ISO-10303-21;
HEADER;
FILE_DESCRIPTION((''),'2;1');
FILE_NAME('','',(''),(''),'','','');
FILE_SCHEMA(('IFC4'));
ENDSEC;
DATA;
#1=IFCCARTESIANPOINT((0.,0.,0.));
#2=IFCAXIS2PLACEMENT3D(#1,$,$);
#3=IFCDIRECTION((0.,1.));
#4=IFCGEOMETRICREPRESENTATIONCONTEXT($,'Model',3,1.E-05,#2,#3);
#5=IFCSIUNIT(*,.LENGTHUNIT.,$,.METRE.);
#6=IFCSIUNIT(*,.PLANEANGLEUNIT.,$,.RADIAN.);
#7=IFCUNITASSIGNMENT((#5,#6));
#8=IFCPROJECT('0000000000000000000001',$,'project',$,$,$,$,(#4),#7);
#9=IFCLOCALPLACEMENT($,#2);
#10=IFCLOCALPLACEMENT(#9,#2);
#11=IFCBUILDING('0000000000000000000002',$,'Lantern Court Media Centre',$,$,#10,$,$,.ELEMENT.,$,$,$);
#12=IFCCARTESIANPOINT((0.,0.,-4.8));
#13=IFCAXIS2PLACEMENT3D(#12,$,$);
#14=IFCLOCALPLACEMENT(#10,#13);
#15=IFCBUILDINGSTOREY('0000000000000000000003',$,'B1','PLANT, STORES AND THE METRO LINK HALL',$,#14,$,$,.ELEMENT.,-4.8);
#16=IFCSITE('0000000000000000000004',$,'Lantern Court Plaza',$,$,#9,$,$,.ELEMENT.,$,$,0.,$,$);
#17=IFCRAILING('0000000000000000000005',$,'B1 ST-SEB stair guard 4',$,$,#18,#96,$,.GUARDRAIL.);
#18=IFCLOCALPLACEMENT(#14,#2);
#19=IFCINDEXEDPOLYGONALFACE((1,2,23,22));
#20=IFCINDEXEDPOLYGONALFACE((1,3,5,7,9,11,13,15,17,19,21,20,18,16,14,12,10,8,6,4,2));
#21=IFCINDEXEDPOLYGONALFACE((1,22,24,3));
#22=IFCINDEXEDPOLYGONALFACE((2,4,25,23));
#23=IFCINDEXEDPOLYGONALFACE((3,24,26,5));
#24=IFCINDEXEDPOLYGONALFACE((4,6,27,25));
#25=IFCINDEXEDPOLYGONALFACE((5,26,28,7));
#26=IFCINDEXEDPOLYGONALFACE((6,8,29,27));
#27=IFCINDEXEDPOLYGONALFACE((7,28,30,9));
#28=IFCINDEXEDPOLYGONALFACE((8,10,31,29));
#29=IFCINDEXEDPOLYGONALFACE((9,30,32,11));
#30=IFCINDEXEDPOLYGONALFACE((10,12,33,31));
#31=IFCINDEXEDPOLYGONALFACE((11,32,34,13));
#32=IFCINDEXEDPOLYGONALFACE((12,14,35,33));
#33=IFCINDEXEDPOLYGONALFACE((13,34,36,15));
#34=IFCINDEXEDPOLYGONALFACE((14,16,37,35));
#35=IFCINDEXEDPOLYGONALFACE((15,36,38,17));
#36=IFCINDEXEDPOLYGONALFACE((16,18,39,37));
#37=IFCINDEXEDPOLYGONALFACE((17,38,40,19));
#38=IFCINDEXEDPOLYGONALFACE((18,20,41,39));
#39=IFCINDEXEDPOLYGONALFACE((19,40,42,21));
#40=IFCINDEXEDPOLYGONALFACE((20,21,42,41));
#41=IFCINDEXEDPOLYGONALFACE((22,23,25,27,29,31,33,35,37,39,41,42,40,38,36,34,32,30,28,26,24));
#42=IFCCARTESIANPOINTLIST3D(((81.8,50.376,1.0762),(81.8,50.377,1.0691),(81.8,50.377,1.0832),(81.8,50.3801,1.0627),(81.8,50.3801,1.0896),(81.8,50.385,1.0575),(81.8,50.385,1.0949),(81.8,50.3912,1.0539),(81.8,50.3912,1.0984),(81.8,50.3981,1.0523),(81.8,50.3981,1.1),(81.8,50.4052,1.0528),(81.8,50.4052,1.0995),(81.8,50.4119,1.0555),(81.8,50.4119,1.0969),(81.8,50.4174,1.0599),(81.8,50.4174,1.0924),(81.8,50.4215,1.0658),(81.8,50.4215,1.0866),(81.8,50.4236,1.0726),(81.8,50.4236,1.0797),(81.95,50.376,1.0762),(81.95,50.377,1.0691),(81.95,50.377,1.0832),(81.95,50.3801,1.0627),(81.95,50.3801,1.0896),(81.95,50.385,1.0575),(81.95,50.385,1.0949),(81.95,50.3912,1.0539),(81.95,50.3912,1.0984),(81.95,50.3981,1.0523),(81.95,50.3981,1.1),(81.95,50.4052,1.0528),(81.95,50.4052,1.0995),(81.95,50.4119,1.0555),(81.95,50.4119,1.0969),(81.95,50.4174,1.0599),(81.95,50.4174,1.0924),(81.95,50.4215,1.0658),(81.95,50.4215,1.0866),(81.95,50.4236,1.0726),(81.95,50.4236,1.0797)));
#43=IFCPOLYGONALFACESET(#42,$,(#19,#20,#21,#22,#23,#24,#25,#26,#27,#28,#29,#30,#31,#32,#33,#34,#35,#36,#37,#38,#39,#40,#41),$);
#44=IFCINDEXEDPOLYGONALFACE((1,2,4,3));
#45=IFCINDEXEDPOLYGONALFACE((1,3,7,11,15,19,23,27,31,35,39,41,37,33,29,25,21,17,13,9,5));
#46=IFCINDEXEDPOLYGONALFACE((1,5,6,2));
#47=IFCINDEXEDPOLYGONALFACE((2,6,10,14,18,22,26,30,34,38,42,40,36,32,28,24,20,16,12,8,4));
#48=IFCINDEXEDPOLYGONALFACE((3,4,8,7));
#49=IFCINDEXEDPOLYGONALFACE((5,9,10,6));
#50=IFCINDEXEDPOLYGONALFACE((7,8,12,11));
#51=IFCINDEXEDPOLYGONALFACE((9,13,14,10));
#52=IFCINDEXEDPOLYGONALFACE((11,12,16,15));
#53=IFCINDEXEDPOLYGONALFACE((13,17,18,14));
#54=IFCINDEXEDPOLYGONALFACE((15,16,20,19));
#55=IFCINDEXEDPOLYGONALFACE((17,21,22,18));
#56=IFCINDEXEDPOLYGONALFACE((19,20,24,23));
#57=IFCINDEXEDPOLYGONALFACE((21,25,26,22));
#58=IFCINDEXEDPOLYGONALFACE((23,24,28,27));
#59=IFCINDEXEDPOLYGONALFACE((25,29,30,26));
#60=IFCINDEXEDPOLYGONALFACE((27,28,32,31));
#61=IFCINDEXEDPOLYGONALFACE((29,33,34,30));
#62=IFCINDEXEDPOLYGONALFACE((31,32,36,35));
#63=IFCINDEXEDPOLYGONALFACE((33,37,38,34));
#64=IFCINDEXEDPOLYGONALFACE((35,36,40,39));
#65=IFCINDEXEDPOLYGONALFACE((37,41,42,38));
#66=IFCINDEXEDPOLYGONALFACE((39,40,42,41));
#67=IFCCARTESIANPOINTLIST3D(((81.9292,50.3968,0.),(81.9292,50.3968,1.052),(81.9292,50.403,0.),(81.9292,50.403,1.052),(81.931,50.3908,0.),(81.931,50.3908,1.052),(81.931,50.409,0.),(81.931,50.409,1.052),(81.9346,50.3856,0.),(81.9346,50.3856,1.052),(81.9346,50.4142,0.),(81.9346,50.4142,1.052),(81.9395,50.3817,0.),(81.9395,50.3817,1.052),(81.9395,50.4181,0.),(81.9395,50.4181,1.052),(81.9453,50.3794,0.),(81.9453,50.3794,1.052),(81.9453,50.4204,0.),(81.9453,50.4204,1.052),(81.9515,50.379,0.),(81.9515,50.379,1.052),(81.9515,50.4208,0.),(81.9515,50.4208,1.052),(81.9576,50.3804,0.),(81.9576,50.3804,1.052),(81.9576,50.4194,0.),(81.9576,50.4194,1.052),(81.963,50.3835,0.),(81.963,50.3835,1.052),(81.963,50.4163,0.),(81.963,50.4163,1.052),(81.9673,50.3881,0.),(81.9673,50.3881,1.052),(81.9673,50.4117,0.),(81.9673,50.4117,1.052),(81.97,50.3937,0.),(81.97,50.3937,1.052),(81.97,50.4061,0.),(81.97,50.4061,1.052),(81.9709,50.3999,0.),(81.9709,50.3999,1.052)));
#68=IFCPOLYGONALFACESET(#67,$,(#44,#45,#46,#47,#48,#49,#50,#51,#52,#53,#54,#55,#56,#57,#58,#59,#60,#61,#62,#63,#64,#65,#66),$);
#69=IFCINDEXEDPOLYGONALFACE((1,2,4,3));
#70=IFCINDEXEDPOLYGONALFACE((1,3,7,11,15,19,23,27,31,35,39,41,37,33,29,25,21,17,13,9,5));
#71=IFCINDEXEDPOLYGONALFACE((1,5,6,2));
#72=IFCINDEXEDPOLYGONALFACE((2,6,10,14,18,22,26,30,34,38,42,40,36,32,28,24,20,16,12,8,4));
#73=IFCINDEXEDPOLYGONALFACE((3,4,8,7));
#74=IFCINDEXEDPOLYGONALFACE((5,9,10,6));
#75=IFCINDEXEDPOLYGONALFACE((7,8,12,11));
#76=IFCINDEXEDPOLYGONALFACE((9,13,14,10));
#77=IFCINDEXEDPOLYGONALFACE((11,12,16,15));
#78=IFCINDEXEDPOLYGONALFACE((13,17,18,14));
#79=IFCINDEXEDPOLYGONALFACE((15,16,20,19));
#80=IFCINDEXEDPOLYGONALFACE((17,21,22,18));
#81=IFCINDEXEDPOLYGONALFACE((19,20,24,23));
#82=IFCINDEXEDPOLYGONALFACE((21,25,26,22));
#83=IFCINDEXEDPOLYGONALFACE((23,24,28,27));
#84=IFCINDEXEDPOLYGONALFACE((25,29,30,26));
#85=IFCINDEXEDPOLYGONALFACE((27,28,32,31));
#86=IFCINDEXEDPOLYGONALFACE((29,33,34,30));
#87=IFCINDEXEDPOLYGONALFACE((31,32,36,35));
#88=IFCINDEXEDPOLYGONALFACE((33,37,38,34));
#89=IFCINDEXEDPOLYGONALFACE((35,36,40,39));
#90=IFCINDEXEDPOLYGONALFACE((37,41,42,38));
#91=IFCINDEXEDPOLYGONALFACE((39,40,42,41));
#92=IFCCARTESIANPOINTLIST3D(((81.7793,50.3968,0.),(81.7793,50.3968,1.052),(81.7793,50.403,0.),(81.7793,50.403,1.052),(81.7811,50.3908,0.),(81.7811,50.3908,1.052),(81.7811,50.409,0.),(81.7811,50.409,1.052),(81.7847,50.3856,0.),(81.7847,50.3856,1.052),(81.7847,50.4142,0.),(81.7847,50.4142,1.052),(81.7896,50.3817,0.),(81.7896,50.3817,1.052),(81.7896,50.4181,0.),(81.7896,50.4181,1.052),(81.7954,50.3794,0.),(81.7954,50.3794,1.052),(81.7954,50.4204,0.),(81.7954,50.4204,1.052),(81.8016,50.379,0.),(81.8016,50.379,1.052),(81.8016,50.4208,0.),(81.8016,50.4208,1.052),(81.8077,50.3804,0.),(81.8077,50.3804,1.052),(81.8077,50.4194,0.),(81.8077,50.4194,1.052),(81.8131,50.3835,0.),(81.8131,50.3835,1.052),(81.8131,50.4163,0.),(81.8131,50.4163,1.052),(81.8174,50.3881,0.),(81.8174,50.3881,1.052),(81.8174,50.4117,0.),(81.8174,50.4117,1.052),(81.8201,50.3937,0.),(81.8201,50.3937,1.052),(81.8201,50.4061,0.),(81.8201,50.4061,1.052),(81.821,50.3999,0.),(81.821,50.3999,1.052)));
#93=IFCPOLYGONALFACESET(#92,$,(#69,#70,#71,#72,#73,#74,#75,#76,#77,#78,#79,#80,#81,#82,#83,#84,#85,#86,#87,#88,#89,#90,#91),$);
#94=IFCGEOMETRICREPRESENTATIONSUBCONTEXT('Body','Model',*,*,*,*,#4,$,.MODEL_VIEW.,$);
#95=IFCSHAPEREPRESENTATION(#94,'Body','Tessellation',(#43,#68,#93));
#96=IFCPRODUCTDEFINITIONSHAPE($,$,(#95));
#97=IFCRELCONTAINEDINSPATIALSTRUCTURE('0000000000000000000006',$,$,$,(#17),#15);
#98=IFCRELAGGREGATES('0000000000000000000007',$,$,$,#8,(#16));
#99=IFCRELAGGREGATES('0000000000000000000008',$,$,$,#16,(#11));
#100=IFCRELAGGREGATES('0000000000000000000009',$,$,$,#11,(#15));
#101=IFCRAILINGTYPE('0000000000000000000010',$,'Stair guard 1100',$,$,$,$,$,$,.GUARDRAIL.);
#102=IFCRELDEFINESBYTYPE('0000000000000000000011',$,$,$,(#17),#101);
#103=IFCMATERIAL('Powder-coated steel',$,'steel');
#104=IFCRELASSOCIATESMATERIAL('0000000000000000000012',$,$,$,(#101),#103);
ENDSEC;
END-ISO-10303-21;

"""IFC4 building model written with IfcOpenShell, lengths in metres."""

from ifc_helpers import new_model, si_unit, direction, frame, origin, origin_2d, place, context, subcontext, project, spatial, circle, extrude, material, type_object, element, save


model = new_model("IFC4")

# Units and contexts
model_context = context("Model", 3, precision=1e-05, world=origin(), true_north=direction((0.0, 1.0)))
body_context = subcontext(model_context, "Body", "Model", "MODEL_VIEW")
ifc_project = project(units=[si_unit("LENGTHUNIT", "METRE"), si_unit("PLANEANGLEUNIT", "RADIAN")], contexts=[model_context])

# Site, building, storey
site_placement = place(None, origin())
site = spatial("IfcSite", under=ifc_project, at=site_placement, Name="Lantern Court Plaza", CompositionType="ELEMENT", RefElevation=0.0)
building_placement = place(site_placement, origin())
building = spatial("IfcBuilding", under=site, at=building_placement, Name="Lantern Court Media Centre", CompositionType="ELEMENT")
storey_placement = place(building_placement, frame((0.0, 0.0, -4.8)))
storey = spatial("IfcBuildingStorey", under=building, at=storey_placement, Name="B1", Description="PLANT, STORES AND THE METRO LINK HALL", CompositionType="ELEMENT", Elevation=-4.8)

# Railing
ifc_material_1 = material(Name="Powder-coated steel", Category="steel")
railing_type_1 = type_object("IfcRailingType", Name="Stair guard 1100", PredefinedType="GUARDRAIL", material=ifc_material_1)
railing_1_placement = place(storey_placement, frame((81.95, 50.3999, 0.0)))
element("IfcRailing", 1, at=railing_1_placement, inside=storey, type_object=railing_type_1, Name="B1 ST-SEB stair guard 4", PredefinedType="GUARDRAIL", context=body_context, shape_type="SweptSolid", body=[
    extrude(circle(Radius=0.0239, at=origin_2d()), frame((0.0, 0.0, 1.0762), z_axis=(-1.0, 0.0, 0.0), x_axis=(0.0, -1.0, 0.0)), (0.0, 0.0, 1.0), 0.1499),
    extrude(circle(Radius=0.021, at=origin_2d()), origin(), (0.0, 0.0, 1.0), 1.052),
    extrude(circle(Radius=0.021, at=origin_2d()), frame((-0.1499, 0.0, 0.0)), (0.0, 0.0, 1.0), 1.052),
])

save(model, "model.ifc")
